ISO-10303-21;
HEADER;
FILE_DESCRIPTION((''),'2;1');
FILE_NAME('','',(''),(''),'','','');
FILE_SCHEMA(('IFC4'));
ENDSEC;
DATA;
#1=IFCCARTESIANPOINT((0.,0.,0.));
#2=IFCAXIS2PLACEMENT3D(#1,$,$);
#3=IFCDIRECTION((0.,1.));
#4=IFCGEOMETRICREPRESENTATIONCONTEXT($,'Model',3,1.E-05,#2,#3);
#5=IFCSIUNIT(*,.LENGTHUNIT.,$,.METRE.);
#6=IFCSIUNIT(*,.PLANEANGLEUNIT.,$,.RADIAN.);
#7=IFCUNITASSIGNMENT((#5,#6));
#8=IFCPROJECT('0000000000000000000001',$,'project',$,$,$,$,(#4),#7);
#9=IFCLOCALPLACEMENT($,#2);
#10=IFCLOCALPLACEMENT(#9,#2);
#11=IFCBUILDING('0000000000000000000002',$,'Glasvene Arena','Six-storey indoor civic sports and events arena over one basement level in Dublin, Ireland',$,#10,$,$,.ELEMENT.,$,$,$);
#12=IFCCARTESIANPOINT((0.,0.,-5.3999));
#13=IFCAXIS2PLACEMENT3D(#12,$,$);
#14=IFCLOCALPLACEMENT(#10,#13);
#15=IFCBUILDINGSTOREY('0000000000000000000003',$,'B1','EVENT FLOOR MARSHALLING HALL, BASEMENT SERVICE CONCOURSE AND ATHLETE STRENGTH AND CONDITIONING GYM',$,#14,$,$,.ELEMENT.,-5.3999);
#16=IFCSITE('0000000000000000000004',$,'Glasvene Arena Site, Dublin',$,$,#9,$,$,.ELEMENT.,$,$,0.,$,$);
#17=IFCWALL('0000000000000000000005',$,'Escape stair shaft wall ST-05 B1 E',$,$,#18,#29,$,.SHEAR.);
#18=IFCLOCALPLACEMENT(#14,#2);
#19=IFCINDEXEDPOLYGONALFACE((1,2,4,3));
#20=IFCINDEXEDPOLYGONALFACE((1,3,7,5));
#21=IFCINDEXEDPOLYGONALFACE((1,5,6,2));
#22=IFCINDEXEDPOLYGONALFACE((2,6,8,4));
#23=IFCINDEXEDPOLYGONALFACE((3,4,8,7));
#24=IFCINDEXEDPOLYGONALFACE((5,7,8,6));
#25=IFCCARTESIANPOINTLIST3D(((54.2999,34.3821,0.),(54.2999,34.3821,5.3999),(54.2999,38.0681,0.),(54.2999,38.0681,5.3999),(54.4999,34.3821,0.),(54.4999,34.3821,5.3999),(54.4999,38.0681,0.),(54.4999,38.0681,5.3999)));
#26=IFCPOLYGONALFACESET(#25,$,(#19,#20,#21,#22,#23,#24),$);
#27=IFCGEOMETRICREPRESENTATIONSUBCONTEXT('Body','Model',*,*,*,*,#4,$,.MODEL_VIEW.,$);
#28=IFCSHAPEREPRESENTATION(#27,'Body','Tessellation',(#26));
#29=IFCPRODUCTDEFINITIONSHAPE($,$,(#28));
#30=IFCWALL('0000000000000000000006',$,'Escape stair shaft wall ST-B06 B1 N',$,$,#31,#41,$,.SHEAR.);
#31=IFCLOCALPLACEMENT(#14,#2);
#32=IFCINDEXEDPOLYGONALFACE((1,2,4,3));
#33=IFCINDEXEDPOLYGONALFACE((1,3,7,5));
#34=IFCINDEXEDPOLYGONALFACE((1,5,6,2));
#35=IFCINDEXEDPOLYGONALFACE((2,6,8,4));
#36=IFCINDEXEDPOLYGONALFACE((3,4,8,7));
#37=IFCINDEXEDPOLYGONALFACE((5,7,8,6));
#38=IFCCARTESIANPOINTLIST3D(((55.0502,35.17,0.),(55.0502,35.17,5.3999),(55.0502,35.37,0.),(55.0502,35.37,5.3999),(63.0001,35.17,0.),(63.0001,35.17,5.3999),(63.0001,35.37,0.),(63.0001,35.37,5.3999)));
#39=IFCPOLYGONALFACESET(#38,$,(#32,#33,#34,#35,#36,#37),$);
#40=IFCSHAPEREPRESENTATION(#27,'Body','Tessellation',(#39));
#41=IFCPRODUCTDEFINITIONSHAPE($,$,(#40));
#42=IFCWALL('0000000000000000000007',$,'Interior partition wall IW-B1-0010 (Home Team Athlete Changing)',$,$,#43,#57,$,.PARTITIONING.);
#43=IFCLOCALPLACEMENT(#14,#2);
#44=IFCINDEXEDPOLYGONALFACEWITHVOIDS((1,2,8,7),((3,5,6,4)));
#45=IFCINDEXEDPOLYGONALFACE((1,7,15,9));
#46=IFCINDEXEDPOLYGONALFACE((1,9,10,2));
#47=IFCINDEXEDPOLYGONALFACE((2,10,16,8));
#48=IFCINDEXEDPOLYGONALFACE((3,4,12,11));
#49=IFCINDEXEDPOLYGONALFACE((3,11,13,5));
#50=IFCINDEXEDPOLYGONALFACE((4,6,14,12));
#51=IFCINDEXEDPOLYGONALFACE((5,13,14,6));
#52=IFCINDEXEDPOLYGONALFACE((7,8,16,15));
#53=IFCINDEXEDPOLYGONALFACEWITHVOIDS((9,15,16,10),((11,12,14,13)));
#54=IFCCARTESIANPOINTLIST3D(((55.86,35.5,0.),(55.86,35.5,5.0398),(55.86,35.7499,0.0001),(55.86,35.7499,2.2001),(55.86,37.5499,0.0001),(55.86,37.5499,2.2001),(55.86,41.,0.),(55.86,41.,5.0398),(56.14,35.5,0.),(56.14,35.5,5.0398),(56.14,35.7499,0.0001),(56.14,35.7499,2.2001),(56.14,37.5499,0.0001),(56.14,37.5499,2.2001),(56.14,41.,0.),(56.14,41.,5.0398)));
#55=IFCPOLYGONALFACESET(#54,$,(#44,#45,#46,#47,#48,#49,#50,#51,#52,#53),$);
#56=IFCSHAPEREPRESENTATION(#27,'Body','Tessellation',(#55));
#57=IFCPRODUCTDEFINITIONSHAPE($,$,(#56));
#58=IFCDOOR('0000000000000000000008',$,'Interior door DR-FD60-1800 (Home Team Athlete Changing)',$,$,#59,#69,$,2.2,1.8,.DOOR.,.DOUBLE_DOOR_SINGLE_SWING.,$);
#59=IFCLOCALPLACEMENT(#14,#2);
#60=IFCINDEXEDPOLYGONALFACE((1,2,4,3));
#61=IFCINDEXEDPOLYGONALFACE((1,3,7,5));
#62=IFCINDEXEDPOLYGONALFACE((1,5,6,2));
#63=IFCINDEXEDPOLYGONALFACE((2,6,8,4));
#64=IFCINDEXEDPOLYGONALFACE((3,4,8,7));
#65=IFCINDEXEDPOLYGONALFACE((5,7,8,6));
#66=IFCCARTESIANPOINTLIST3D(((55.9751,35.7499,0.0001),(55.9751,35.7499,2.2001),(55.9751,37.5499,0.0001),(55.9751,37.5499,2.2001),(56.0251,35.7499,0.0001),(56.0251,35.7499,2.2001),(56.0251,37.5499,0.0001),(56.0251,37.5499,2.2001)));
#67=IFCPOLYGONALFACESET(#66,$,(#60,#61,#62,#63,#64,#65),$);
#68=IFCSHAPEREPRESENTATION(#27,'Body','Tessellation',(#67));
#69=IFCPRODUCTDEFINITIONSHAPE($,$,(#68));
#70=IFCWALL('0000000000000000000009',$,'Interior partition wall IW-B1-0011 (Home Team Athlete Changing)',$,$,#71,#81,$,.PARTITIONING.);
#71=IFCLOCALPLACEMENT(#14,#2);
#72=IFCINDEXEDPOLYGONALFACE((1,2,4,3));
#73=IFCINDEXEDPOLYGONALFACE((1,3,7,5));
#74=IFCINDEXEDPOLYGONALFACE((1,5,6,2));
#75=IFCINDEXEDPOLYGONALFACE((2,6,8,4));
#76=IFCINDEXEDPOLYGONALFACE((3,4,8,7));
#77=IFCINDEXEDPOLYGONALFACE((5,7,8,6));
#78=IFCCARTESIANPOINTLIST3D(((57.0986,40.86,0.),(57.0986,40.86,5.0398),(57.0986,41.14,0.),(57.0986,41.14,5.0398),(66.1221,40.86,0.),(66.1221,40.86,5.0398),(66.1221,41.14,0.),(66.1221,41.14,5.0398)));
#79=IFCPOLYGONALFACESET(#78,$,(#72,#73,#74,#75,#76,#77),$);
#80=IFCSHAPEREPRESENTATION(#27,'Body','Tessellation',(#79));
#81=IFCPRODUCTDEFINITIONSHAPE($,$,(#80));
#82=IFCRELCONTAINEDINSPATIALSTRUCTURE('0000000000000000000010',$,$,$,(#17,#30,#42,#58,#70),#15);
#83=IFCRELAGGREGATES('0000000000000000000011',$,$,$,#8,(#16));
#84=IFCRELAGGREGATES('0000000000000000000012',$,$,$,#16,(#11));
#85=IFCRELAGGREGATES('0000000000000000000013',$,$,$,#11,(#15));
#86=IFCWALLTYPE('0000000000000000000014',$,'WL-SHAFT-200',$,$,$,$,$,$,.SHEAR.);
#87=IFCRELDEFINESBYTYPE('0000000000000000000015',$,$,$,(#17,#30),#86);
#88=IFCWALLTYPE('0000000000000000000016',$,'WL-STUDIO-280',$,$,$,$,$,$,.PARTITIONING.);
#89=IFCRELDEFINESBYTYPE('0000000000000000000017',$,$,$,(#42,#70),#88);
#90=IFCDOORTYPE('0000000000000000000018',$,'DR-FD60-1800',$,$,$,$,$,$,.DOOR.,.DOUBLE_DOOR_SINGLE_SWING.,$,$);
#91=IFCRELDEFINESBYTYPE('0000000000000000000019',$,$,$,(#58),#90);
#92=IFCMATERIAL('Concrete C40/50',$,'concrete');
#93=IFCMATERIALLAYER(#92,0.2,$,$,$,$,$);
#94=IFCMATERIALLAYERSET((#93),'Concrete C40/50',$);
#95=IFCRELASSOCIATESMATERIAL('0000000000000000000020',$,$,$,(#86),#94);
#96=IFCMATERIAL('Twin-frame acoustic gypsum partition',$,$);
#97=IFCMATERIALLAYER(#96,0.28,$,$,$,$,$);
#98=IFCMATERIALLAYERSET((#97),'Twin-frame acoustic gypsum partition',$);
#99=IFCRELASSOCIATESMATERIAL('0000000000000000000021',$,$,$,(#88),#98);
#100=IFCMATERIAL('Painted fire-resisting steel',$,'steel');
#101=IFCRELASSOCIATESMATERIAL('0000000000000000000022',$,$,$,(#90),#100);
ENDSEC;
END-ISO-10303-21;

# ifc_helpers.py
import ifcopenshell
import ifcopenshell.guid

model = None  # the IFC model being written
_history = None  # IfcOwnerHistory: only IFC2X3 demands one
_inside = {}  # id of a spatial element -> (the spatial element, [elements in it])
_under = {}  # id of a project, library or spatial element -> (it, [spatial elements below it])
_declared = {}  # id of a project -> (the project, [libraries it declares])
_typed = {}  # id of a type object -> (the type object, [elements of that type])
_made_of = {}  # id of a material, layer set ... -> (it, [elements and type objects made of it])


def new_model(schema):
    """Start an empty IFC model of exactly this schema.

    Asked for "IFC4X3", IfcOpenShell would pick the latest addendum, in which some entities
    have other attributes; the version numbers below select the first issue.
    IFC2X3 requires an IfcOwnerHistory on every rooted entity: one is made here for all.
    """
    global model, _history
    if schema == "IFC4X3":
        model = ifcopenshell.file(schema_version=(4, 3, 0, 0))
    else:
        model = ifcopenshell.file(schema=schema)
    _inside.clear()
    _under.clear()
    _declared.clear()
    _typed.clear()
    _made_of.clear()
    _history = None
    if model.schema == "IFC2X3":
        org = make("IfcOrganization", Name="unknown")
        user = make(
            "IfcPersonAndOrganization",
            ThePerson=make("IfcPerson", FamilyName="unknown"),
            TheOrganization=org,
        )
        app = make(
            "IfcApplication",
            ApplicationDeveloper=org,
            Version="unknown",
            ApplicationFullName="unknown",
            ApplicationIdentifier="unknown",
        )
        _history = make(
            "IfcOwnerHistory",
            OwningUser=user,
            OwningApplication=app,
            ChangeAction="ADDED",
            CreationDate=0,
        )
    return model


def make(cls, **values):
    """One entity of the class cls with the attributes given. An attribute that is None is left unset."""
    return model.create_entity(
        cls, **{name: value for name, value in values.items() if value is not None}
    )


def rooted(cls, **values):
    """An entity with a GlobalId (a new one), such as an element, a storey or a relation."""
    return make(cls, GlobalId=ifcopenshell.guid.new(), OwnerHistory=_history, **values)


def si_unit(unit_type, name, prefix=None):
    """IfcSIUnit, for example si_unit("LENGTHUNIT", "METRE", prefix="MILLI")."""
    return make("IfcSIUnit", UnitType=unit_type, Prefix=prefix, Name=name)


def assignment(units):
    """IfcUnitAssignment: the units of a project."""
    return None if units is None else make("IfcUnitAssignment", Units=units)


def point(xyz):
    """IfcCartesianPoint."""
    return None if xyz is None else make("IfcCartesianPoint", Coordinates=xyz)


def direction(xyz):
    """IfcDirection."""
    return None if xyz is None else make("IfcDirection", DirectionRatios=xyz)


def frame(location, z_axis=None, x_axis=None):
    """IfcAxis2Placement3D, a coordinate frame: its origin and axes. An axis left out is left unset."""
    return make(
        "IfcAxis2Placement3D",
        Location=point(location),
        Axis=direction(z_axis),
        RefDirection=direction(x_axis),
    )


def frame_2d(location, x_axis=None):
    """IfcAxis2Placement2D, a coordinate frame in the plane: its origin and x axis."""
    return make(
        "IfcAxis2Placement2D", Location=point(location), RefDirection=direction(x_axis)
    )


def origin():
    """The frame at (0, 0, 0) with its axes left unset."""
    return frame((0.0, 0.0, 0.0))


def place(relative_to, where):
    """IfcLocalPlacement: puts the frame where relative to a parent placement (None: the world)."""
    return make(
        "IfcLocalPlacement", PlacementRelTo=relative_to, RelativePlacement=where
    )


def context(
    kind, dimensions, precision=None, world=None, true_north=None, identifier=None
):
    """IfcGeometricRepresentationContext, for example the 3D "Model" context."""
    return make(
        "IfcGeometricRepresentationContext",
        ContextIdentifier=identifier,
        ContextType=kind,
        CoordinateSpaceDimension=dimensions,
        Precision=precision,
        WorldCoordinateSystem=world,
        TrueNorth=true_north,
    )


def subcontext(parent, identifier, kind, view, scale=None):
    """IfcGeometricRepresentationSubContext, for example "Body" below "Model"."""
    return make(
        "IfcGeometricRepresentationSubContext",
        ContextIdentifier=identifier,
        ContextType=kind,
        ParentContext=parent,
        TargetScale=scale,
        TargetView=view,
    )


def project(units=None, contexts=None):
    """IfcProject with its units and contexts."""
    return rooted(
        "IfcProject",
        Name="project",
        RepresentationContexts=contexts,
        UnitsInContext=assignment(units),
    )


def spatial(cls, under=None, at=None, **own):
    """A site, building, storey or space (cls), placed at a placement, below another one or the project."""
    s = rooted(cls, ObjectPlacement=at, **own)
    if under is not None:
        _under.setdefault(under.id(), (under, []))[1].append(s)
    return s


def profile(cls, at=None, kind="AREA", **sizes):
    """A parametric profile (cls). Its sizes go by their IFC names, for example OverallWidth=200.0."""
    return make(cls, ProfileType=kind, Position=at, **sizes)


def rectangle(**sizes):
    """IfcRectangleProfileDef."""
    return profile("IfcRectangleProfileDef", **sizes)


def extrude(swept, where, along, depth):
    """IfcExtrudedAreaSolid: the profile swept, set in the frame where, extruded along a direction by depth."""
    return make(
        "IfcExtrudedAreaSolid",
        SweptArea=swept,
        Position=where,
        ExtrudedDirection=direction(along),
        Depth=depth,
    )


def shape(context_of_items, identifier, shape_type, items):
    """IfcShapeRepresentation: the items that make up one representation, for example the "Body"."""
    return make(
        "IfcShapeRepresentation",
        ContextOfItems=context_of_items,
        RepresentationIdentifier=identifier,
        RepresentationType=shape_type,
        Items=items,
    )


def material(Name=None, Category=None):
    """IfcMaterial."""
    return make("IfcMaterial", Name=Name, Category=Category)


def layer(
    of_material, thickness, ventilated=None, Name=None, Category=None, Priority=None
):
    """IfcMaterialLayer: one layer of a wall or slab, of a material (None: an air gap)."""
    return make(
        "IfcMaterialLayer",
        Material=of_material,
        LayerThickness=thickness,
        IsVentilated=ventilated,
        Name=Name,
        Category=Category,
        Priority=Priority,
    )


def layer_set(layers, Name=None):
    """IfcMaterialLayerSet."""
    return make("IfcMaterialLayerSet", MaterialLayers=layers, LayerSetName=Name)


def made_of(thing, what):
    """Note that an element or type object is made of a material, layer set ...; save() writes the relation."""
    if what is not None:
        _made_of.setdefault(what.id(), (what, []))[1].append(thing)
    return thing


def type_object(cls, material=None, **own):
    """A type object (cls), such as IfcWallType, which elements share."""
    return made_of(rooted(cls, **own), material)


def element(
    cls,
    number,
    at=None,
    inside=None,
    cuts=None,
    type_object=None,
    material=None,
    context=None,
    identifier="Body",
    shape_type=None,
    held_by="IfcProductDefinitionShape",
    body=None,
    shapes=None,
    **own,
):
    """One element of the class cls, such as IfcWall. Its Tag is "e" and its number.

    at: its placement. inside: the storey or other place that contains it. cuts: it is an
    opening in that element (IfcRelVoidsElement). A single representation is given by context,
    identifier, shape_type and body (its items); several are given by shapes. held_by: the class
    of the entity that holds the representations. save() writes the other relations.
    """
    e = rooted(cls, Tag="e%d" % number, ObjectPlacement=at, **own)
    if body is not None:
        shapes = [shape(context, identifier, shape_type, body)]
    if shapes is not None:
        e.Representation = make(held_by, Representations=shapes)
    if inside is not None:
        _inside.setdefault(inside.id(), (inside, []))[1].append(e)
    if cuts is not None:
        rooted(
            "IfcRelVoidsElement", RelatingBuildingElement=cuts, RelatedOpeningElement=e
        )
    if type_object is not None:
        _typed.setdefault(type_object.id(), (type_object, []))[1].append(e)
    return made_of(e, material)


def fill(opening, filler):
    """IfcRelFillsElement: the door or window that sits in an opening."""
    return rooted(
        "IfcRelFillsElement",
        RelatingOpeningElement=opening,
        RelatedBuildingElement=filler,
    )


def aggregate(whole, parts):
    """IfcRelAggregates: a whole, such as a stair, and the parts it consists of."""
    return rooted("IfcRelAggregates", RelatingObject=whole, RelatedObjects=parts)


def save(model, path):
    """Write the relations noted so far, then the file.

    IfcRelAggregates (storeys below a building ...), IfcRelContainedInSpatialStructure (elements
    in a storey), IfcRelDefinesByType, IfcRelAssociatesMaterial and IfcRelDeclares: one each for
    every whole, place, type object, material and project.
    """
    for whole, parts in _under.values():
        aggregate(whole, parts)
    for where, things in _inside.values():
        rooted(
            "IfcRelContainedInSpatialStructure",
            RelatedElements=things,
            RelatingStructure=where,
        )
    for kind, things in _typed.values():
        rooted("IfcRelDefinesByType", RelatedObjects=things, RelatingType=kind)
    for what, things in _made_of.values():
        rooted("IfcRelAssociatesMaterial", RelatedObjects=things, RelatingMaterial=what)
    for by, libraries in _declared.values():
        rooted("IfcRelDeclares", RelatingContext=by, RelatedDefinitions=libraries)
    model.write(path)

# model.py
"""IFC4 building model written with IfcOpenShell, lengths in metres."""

from ifc_helpers import new_model, si_unit, direction, frame, frame_2d, origin, place, context, subcontext, project, spatial, rectangle, extrude, material, layer, layer_set, type_object, element, fill, save


model = new_model("IFC4")

# Units and contexts
model_context = context("Model", 3, precision=1e-05, world=origin(), true_north=direction((0.0, 1.0)))
body_context = subcontext(model_context, "Body", "Model", "MODEL_VIEW")
ifc_project = project(units=[si_unit("LENGTHUNIT", "METRE"), si_unit("PLANEANGLEUNIT", "RADIAN")], contexts=[model_context])

# Site, building, storey
site_placement = place(None, origin())
site = spatial("IfcSite", under=ifc_project, at=site_placement, Name="Glasvene Arena Site, Dublin", CompositionType="ELEMENT", RefElevation=0.0)
building_placement = place(site_placement, origin())
building = spatial("IfcBuilding", under=site, at=building_placement, Name="Glasvene Arena", Description="Six-storey indoor civic sports and events arena over one basement level in Dublin, Ireland", CompositionType="ELEMENT")
storey_placement = place(building_placement, frame((0.0, 0.0, -5.3999)))
storey = spatial("IfcBuildingStorey", under=building, at=storey_placement, Name="B1", Description="EVENT FLOOR MARSHALLING HALL, BASEMENT SERVICE CONCOURSE AND ATHLETE STRENGTH AND CONDITIONING GYM", CompositionType="ELEMENT", Elevation=-5.3999)

# Shared definitions
ifc_material_1 = material(Name="Concrete C40/50", Category="concrete")

# Shared definitions
ifc_material_2 = material(Name="Painted fire-resisting steel", Category="steel")

# Walls
ifc_layer_1 = layer(ifc_material_1, 0.2)
ifc_layer_set_1 = layer_set([ifc_layer_1], Name="Concrete C40/50")
wall_type_1 = type_object("IfcWallType", Name="WL-SHAFT-200", PredefinedType="SHEAR", material=ifc_layer_set_1)
wall_1_placement = place(storey_placement, frame((54.3999, 34.3821, 0.0), z_axis=(0.0, 0.0, 1.0), x_axis=(0.0, 1.0, 0.0)))
element("IfcWall", 1, at=wall_1_placement, inside=storey, type_object=wall_type_1, Name="Escape stair shaft wall ST-05 B1 E", PredefinedType="SHEAR", context=body_context, shape_type="SweptSolid", body=[
    extrude(rectangle(XDim=3.686, YDim=0.2, at=frame_2d((1.843, 0.0))), origin(), (0.0, 0.0, 1.0), 5.3999),
])
wall_2_placement = place(storey_placement, frame((55.05, 35.27, 0.0), z_axis=(0.0, 0.0, 1.0), x_axis=(1.0, 0.0, 0.0)))
element("IfcWall", 2, at=wall_2_placement, inside=storey, type_object=wall_type_1, Name="Escape stair shaft wall ST-B06 B1 N", PredefinedType="SHEAR", context=body_context, shape_type="SweptSolid", body=[
    extrude(rectangle(XDim=7.95, YDim=0.2, at=frame_2d((3.9751, 0.0))), origin(), (0.0, 0.0, 1.0), 5.3999),
])

# Wall, opening, door
ifc_material_3 = material(Name="Twin-frame acoustic gypsum partition")
ifc_layer_2 = layer(ifc_material_3, 0.28)
ifc_layer_set_2 = layer_set([ifc_layer_2], Name="Twin-frame acoustic gypsum partition")
wall_type_2 = type_object("IfcWallType", Name="WL-STUDIO-280", PredefinedType="PARTITIONING", material=ifc_layer_set_2)
wall_3_placement = place(storey_placement, frame((56.0, 35.5, 0.0), z_axis=(0.0, 0.0, 1.0), x_axis=(0.0, 1.0, 0.0)))
wall_3 = element("IfcWall", 3, at=wall_3_placement, inside=storey, type_object=wall_type_2, Name="Interior partition wall IW-B1-0010 (Home Team Athlete Changing)", PredefinedType="PARTITIONING", context=body_context, shape_type="SweptSolid", body=[
    extrude(rectangle(XDim=5.5, YDim=0.28, at=frame_2d((2.75, 0.0))), origin(), (0.0, 0.0, 1.0), 5.0398),
])
opening_1_placement = place(wall_3_placement, frame((0.25, 0.0, 0.0)))
opening_1 = element("IfcOpeningElement", 4, at=opening_1_placement, cuts=wall_3, PredefinedType="OPENING", context=body_context, shape_type="SweptSolid", body=[
    extrude(rectangle(XDim=1.8, YDim=2.2, at=frame_2d((0.8999, 1.1001))), frame((0.0, 0.1499, 0.0), z_axis=(0.0, -1.0, 0.0), x_axis=(1.0, 0.0, 0.0)), (0.0, 0.0, 1.0), 0.3),
])
door_type_1 = type_object("IfcDoorType", Name="DR-FD60-1800", OperationType="DOUBLE_DOOR_SINGLE_SWING", PredefinedType="DOOR", material=ifc_material_2)
door_1_placement = place(opening_1_placement, origin())
door_1 = element("IfcDoor", 5, at=door_1_placement, inside=storey, type_object=door_type_1, Name="Interior door DR-FD60-1800 (Home Team Athlete Changing)", OperationType="DOUBLE_DOOR_SINGLE_SWING", OverallHeight=2.2, OverallWidth=1.8, PredefinedType="DOOR", context=body_context, shape_type="SweptSolid", body=[
    extrude(rectangle(XDim=1.8, YDim=2.2, at=frame_2d((0.8999, 1.1001))), frame((0.0, 0.0249, 0.0), z_axis=(0.0, -1.0, 0.0), x_axis=(1.0, 0.0, 0.0)), (0.0, 0.0, 1.0), 0.05),
])
fill(opening_1, door_1)

# Wall
wall_4_placement = place(storey_placement, frame((57.0986, 41.0, 0.0), z_axis=(0.0, 0.0, 1.0), x_axis=(1.0, 0.0, 0.0)))
element("IfcWall", 6, at=wall_4_placement, inside=storey, type_object=wall_type_2, Name="Interior partition wall IW-B1-0011 (Home Team Athlete Changing)", PredefinedType="PARTITIONING", context=body_context, shape_type="SweptSolid", body=[
    extrude(rectangle(XDim=9.0234, YDim=0.28, at=frame_2d((4.5117, 0.0))), origin(), (0.0, 0.0, 1.0), 5.0398),
])

save(model, "model.ifc")
